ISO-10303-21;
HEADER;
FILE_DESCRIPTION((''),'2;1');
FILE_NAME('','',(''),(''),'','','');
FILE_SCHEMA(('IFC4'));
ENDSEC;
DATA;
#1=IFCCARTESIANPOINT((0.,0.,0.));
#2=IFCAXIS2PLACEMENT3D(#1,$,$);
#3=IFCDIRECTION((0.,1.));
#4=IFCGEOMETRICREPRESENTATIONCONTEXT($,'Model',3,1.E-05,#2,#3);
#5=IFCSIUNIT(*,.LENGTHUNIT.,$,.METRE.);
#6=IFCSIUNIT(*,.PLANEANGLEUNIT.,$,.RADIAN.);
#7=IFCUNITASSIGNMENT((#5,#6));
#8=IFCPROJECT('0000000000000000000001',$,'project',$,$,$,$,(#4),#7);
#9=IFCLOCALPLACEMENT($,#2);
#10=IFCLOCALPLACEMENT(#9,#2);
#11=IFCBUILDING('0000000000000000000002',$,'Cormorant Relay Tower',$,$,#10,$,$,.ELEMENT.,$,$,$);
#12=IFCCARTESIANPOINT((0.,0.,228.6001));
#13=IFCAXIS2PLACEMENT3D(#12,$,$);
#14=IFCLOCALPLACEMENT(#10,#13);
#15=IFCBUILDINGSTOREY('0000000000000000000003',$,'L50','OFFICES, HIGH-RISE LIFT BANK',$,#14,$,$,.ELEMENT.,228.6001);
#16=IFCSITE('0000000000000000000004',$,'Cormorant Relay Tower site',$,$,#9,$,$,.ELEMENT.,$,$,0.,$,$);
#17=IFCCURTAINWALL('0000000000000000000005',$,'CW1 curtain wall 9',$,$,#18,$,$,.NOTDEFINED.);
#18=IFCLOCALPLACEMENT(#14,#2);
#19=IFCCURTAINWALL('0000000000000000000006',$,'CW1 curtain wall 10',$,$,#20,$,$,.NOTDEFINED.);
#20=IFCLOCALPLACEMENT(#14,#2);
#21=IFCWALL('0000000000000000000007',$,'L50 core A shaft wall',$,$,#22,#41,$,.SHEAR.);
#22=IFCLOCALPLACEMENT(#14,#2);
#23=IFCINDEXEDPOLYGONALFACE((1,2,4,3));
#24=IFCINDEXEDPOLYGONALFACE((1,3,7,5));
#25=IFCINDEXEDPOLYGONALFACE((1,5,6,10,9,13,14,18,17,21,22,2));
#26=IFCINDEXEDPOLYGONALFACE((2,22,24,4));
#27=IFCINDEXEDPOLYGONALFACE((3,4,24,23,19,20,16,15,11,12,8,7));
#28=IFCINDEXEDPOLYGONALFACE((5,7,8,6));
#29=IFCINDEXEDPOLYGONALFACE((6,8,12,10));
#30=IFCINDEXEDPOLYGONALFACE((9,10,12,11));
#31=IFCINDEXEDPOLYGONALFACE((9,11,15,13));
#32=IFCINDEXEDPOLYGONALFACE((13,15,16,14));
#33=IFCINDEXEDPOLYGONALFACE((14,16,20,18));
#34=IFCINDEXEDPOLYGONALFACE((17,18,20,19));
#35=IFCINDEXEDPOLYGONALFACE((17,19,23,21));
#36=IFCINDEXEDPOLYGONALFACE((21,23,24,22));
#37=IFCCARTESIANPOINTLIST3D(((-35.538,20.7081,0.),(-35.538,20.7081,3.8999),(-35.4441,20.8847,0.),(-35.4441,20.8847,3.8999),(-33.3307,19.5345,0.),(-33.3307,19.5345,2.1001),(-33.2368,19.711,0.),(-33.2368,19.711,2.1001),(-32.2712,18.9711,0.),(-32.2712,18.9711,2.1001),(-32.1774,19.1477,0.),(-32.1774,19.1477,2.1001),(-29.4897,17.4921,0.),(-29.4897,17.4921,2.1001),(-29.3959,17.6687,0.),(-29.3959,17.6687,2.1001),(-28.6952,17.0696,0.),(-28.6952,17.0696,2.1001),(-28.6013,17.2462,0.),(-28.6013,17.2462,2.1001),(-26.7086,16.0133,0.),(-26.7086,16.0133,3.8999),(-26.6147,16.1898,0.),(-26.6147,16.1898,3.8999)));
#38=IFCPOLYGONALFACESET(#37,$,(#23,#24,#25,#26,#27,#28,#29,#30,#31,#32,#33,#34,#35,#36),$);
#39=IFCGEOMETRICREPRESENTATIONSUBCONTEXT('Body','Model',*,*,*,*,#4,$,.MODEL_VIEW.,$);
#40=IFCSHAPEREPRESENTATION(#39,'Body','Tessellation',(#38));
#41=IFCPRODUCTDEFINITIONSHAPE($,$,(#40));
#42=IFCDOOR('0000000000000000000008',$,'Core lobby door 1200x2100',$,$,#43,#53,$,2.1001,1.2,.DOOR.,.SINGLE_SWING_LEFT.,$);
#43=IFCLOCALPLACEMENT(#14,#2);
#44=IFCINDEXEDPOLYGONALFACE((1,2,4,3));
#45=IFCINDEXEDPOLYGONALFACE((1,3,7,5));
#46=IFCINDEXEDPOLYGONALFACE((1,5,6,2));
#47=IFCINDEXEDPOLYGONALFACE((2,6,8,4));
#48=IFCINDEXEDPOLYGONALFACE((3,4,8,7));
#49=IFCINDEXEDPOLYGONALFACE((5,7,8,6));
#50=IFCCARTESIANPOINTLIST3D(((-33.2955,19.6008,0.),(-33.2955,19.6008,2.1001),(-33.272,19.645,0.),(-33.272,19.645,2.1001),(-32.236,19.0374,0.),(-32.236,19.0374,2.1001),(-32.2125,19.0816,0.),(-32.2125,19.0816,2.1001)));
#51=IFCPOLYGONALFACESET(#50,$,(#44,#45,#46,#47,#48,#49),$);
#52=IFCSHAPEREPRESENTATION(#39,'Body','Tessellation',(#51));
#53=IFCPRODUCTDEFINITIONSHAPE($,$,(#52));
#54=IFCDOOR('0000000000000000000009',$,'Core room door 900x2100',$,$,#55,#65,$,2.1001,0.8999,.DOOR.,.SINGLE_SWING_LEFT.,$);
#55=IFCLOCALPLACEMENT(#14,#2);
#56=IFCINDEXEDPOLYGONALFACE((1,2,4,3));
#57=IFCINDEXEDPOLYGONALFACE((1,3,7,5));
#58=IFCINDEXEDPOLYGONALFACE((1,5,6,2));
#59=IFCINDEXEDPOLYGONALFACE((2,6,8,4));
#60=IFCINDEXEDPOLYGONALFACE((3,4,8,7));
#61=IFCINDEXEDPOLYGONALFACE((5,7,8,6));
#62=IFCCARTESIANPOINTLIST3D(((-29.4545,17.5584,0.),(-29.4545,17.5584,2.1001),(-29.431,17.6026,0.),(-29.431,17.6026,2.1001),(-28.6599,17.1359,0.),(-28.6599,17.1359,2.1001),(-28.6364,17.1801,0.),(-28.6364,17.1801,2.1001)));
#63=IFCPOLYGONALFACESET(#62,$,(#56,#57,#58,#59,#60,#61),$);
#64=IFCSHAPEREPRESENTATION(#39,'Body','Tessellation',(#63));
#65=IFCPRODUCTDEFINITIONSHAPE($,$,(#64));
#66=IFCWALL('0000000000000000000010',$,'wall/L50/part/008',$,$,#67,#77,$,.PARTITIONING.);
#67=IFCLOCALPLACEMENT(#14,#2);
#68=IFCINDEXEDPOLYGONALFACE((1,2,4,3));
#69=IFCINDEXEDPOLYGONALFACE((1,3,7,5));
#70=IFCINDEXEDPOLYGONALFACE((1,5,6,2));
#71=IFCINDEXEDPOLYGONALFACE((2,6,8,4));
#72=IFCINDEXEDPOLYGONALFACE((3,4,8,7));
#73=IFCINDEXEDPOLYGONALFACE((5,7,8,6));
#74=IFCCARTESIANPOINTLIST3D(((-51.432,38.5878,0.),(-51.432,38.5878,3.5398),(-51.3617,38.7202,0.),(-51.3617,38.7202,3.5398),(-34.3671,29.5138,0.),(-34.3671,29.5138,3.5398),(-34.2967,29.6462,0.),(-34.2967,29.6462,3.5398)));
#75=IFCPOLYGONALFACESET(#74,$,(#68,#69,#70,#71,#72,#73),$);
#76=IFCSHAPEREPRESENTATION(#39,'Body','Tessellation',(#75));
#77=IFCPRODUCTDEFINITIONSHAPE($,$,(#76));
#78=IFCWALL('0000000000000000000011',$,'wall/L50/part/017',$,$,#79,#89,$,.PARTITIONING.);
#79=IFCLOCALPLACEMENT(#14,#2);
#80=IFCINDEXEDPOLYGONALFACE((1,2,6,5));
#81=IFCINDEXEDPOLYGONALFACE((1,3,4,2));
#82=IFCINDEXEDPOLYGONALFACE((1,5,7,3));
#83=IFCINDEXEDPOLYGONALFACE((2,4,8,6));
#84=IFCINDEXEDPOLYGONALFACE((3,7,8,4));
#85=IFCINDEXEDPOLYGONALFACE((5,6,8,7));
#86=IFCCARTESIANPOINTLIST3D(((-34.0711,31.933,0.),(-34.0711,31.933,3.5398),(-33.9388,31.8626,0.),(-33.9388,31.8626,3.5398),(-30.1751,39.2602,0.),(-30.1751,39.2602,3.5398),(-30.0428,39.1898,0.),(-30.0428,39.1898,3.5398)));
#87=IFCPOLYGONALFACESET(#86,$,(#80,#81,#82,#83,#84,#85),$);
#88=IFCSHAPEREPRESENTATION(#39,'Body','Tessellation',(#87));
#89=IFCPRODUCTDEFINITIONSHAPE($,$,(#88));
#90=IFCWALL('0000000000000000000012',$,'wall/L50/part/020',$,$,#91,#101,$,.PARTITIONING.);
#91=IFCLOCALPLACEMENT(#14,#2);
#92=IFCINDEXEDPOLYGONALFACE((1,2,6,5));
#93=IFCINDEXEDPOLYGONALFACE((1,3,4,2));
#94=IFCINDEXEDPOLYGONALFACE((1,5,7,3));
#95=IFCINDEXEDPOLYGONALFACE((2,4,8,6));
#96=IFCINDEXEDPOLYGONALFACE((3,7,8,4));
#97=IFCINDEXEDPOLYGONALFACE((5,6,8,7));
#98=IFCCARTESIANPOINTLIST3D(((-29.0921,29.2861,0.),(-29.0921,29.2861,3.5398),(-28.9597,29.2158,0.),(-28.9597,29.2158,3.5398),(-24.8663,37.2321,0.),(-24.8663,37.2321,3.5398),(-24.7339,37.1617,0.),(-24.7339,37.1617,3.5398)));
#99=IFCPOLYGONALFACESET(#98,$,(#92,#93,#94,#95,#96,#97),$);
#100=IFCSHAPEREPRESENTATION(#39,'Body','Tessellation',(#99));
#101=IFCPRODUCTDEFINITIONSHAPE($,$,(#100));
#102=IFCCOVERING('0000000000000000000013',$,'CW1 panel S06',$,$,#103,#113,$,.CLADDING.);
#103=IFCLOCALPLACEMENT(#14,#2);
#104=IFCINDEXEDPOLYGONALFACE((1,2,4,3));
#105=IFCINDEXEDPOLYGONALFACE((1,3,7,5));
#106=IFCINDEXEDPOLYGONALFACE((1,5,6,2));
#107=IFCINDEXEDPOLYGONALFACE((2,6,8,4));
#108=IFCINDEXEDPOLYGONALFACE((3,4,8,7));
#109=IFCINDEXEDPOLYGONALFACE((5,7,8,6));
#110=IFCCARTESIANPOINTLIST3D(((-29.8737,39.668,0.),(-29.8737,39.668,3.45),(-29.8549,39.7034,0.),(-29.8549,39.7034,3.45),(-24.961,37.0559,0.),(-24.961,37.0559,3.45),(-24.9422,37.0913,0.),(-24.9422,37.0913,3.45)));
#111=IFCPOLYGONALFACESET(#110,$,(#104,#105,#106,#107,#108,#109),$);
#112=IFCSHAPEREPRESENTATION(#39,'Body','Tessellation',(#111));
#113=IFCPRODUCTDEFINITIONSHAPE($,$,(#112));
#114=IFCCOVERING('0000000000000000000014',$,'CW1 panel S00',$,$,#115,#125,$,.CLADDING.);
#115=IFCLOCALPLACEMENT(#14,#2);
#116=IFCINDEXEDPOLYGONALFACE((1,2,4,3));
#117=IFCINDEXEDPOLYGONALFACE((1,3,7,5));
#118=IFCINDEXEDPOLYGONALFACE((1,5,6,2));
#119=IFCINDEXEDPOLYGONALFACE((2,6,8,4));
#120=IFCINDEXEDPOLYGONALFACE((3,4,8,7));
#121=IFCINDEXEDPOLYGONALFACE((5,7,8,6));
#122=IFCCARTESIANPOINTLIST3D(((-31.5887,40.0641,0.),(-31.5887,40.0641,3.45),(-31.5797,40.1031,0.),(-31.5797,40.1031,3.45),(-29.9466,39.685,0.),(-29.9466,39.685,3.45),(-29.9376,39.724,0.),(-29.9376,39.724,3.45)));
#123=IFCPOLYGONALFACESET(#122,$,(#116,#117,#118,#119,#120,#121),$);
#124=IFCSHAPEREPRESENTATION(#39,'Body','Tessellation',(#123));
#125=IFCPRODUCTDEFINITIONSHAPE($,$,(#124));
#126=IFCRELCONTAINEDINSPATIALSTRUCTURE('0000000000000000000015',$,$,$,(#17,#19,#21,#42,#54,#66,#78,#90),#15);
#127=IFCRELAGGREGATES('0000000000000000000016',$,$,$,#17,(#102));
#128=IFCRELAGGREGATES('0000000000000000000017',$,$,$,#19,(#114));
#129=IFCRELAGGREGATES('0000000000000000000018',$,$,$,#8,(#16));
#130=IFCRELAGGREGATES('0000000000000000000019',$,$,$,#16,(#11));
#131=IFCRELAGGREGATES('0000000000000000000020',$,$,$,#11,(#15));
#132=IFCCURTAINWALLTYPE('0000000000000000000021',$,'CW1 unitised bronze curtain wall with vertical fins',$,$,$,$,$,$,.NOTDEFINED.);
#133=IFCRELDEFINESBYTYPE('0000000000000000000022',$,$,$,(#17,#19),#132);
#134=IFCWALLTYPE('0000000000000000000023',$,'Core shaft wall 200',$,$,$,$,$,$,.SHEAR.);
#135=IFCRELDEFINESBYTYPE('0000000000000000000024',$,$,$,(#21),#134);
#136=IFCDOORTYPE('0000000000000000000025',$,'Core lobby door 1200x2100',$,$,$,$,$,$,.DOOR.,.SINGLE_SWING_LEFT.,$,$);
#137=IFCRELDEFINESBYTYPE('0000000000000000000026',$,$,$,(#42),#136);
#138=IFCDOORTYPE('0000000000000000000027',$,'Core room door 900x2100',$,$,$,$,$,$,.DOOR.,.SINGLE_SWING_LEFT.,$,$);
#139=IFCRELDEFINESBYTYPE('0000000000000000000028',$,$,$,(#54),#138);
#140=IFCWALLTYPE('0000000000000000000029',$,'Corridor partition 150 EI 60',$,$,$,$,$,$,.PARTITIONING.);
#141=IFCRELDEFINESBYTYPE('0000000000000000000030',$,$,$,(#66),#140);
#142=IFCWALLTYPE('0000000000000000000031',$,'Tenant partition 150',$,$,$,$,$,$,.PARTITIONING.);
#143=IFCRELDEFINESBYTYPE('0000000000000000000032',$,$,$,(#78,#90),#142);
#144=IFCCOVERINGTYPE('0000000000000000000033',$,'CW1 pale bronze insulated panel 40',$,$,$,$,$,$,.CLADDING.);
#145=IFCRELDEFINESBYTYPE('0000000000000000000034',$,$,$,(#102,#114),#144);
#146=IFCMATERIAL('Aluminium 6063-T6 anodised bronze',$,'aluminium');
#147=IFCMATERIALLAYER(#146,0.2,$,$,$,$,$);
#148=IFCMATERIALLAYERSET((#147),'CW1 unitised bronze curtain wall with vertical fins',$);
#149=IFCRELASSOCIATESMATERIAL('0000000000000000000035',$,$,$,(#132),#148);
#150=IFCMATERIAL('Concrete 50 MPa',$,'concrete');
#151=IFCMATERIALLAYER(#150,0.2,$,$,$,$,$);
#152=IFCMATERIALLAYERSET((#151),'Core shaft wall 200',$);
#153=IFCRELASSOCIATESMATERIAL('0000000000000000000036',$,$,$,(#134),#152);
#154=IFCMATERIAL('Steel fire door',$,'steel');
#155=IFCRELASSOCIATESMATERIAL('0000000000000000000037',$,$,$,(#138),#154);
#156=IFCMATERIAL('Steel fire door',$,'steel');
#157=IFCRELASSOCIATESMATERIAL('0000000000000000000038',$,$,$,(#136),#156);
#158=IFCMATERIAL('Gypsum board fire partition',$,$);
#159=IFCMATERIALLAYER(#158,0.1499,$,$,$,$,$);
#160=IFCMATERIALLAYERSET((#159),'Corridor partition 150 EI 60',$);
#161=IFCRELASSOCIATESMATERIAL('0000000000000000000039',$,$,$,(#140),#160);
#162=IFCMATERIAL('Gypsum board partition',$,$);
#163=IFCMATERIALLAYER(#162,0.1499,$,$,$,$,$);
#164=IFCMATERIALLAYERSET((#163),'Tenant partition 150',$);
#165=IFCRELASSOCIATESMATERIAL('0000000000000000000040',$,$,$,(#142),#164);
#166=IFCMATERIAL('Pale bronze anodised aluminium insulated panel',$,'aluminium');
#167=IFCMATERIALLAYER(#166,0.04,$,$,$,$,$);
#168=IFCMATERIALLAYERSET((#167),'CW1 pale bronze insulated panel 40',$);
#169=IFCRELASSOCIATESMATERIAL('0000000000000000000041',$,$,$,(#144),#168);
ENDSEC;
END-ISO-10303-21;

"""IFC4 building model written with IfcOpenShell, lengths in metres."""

from ifc_helpers import new_model, si_unit, direction, frame, frame_2d, origin, origin_2d, place, context, subcontext, project, spatial, rectangle, extrude, material, layer, layer_set, type_object, element, fill, aggregate, save


model = new_model("IFC4")

# Units and contexts
model_context = context("Model", 3, precision=1e-05, world=origin(), true_north=direction((0.0, 1.0)))
body_context = subcontext(model_context, "Body", "Model", "MODEL_VIEW")
ifc_project = project(units=[si_unit("LENGTHUNIT", "METRE"), si_unit("PLANEANGLEUNIT", "RADIAN")], contexts=[model_context])

# Site, building, storey
site_placement = place(None, origin())
site = spatial("IfcSite", under=ifc_project, at=site_placement, Name="Cormorant Relay Tower site", CompositionType="ELEMENT", RefElevation=0.0)
building_placement = place(site_placement, origin())
building = spatial("IfcBuilding", under=site, at=building_placement, Name="Cormorant Relay Tower", CompositionType="ELEMENT")
storey_placement = place(building_placement, frame((0.0, 0.0, 228.6001)))
storey = spatial("IfcBuildingStorey", under=building, at=storey_placement, Name="L50", Description="OFFICES, HIGH-RISE LIFT BANK", CompositionType="ELEMENT", Elevation=228.6001)

# Curtain wall
ifc_material_1 = material(Name="Aluminium 6063-T6 anodised bronze", Category="aluminium")
ifc_layer_1 = layer(ifc_material_1, 0.2)
ifc_layer_set_1 = layer_set([ifc_layer_1], Name="CW1 unitised bronze curtain wall with vertical fins")
curtain_wall_type = type_object("IfcCurtainWallType", Name="CW1 unitised bronze curtain wall with vertical fins", PredefinedType="NOTDEFINED", material=ifc_layer_set_1)
curtain_wall_1_placement = place(storey_placement, origin())
curtain_wall_1 = element("IfcCurtainWall", 1, at=curtain_wall_1_placement, inside=storey, type_object=curtain_wall_type, Name="CW1 curtain wall 9", PredefinedType="NOTDEFINED")

# Curtain wall
curtain_wall_2_placement = place(storey_placement, origin())
curtain_wall_2 = element("IfcCurtainWall", 2, at=curtain_wall_2_placement, inside=storey, type_object=curtain_wall_type, Name="CW1 curtain wall 10", PredefinedType="NOTDEFINED")

# Shared definitions
ifc_material_2 = material(Name="Concrete 50 MPa", Category="concrete")
ifc_layer_2 = layer(ifc_material_2, 0.2)
ifc_layer_set_2 = layer_set([ifc_layer_2], Name="Core shaft wall 200")
wall_type_1 = type_object("IfcWallType", Name="Core shaft wall 200", PredefinedType="SHEAR", material=ifc_layer_set_2)
ifc_material_3 = material(Name="Steel fire door", Category="steel")
door_type_1 = type_object("IfcDoorType", Name="Core room door 900x2100", OperationType="SINGLE_SWING_LEFT", PredefinedType="DOOR", material=ifc_material_3)

# Wall, openings, doors
wall_1_placement = place(storey_placement, frame((-26.6616, 16.1016, 0.0), z_axis=(0.0, 0.0, 1.0), x_axis=(-0.88294, 0.469485, 0.0)))
wall_1 = element("IfcWall", 3, at=wall_1_placement, inside=storey, type_object=wall_type_1, Name="L50 core A shaft wall", PredefinedType="SHEAR", context=body_context, shape_type="SweptSolid", body=[
    extrude(rectangle(XDim=10.0, YDim=0.2, at=frame_2d((5.0, 0.0))), origin(), (0.0, 0.0, 1.0), 3.8999),
])
opening_1_placement = place(wall_1_placement, frame((6.3, 0.0, 0.0)))
opening_1 = element("IfcOpeningElement", 4, at=opening_1_placement, cuts=wall_1, PredefinedType="OPENING", context=body_context, shape_type="SweptSolid", body=[
    extrude(rectangle(XDim=1.2, YDim=2.1001, at=frame_2d((0.6001, 1.05))), frame((0.0, 0.1099, 0.0), z_axis=(0.0, -1.0, 0.0), x_axis=(1.0, 0.0, 0.0)), (0.0, 0.0, 1.0), 0.22),
])
opening_2_placement = place(wall_1_placement, frame((2.25, 0.0, 0.0)))
opening_2 = element("IfcOpeningElement", 5, at=opening_2_placement, cuts=wall_1, PredefinedType="OPENING", context=body_context, shape_type="SweptSolid", body=[
    extrude(rectangle(XDim=0.8999, YDim=2.1001, at=frame_2d((0.45, 1.05))), frame((0.0, 0.1099, 0.0), z_axis=(0.0, -1.0, 0.0), x_axis=(1.0, 0.0, 0.0)), (0.0, 0.0, 1.0), 0.22),
])
ifc_material_4 = material(Name="Steel fire door", Category="steel")
door_type_2 = type_object("IfcDoorType", Name="Core lobby door 1200x2100", OperationType="SINGLE_SWING_LEFT", PredefinedType="DOOR", material=ifc_material_4)
door_1_placement = place(opening_1_placement, origin())
door_1 = element("IfcDoor", 6, at=door_1_placement, inside=storey, type_object=door_type_2, Name="Core lobby door 1200x2100", OperationType="SINGLE_SWING_LEFT", OverallHeight=2.1001, OverallWidth=1.2, PredefinedType="DOOR", context=body_context, shape_type="SweptSolid", body=[
    extrude(rectangle(XDim=1.2, YDim=2.1001, at=frame_2d((0.6001, 1.05))), frame((0.0, 0.0249, 0.0), z_axis=(0.0, -1.0, 0.0), x_axis=(1.0, 0.0, 0.0)), (0.0, 0.0, 1.0), 0.05),
])
fill(opening_1, door_1)
door_2_placement = place(opening_2_placement, origin())
door_2 = element("IfcDoor", 7, at=door_2_placement, inside=storey, type_object=door_type_1, Name="Core room door 900x2100", OperationType="SINGLE_SWING_LEFT", OverallHeight=2.1001, OverallWidth=0.8999, PredefinedType="DOOR", context=body_context, shape_type="SweptSolid", body=[
    extrude(rectangle(XDim=0.8999, YDim=2.1001, at=frame_2d((0.45, 1.05))), frame((0.0, 0.0249, 0.0), z_axis=(0.0, -1.0, 0.0), x_axis=(1.0, 0.0, 0.0)), (0.0, 0.0, 1.0), 0.05),
])
fill(opening_2, door_2)

# Walls
ifc_material_5 = material(Name="Gypsum board fire partition")
ifc_layer_3 = layer(ifc_material_5, 0.1499)
ifc_layer_set_3 = layer_set([ifc_layer_3], Name="Corridor partition 150 EI 60")
wall_type_2 = type_object("IfcWallType", Name="Corridor partition 150 EI 60", PredefinedType="PARTITIONING", material=ifc_layer_set_3)
wall_2_placement = place(storey_placement, frame((-34.332, 29.5801, 0.0), z_axis=(0.0, 0.0, 1.0), x_axis=(-0.882939, 0.469487, 0.0)))
element("IfcWall", 8, at=wall_2_placement, inside=storey, type_object=wall_type_2, Name="wall/L50/part/008", PredefinedType="PARTITIONING", context=body_context, shape_type="SweptSolid", body=[
    extrude(rectangle(XDim=19.3274, YDim=0.1499, at=frame_2d((9.6636, 0.0))), origin(), (0.0, 0.0, 1.0), 3.5398),
])
ifc_material_6 = material(Name="Gypsum board partition")
ifc_layer_4 = layer(ifc_material_6, 0.1499)
ifc_layer_set_4 = layer_set([ifc_layer_4], Name="Tenant partition 150")
wall_type_3 = type_object("IfcWallType", Name="Tenant partition 150", PredefinedType="PARTITIONING", material=ifc_layer_set_4)
wall_3_placement = place(storey_placement, frame((-30.1089, 39.2251, 0.0), z_axis=(0.0, 0.0, 1.0), x_axis=(-0.469479, -0.882943, 0.0)))
element("IfcWall", 9, at=wall_3_placement, inside=storey, type_object=wall_type_3, Name="wall/L50/part/017", PredefinedType="PARTITIONING", context=body_context, shape_type="SweptSolid", body=[
    extrude(rectangle(XDim=8.2986, YDim=0.1499, at=frame_2d((4.1494, 0.0))), origin(), (0.0, 0.0, 1.0), 3.5398),
])
wall_4_placement = place(storey_placement, frame((-24.8, 37.197, 0.0), z_axis=(0.0, 0.0, 1.0), x_axis=(-0.469545, -0.882909, 0.0)))
element("IfcWall", 10, at=wall_4_placement, inside=storey, type_object=wall_type_3, Name="wall/L50/part/020", PredefinedType="PARTITIONING", context=body_context, shape_type="SweptSolid", body=[
    extrude(rectangle(XDim=8.9998, YDim=0.1499, at=frame_2d((4.5, 0.0))), origin(), (0.0, 0.0, 1.0), 3.5398),
])

# Coverings
ifc_material_7 = material(Name="Pale bronze anodised aluminium insulated panel", Category="aluminium")
ifc_layer_5 = layer(ifc_material_7, 0.04)
ifc_layer_set_5 = layer_set([ifc_layer_5], Name="CW1 pale bronze insulated panel 40")
covering_type = type_object("IfcCoveringType", Name="CW1 pale bronze insulated panel 40", PredefinedType="CLADDING", material=ifc_layer_set_5)
covering_1_placement = place(storey_placement, frame((-27.408, 38.3796, 0.0), z_axis=(0.0, 0.0, 1.0), x_axis=(-0.882948, 0.469472, 0.0)))
covering_1 = element("IfcCovering", 11, at=covering_1_placement, type_object=covering_type, Name="CW1 panel S06", PredefinedType="CLADDING", context=body_context, shape_type="SweptSolid", body=[
    extrude(rectangle(XDim=5.564, YDim=0.04, at=origin_2d()), origin(), (0.0, 0.0, 1.0), 3.45),
])
aggregate(curtain_wall_1, [covering_1])
covering_2_placement = place(storey_placement, frame((-30.7632, 39.894, 0.0), z_axis=(0.0, 0.0, 1.0), x_axis=(-0.97437, 0.224951, 0.0)))
covering_2 = element("IfcCovering", 12, at=covering_2_placement, type_object=covering_type, Name="CW1 panel S00", PredefinedType="CLADDING", context=body_context, shape_type="SweptSolid", body=[
    extrude(rectangle(XDim=1.6853, YDim=0.04, at=origin_2d()), origin(), (0.0, 0.0, 1.0), 3.45),
])
aggregate(curtain_wall_2, [covering_2])

save(model, "model.ifc")
